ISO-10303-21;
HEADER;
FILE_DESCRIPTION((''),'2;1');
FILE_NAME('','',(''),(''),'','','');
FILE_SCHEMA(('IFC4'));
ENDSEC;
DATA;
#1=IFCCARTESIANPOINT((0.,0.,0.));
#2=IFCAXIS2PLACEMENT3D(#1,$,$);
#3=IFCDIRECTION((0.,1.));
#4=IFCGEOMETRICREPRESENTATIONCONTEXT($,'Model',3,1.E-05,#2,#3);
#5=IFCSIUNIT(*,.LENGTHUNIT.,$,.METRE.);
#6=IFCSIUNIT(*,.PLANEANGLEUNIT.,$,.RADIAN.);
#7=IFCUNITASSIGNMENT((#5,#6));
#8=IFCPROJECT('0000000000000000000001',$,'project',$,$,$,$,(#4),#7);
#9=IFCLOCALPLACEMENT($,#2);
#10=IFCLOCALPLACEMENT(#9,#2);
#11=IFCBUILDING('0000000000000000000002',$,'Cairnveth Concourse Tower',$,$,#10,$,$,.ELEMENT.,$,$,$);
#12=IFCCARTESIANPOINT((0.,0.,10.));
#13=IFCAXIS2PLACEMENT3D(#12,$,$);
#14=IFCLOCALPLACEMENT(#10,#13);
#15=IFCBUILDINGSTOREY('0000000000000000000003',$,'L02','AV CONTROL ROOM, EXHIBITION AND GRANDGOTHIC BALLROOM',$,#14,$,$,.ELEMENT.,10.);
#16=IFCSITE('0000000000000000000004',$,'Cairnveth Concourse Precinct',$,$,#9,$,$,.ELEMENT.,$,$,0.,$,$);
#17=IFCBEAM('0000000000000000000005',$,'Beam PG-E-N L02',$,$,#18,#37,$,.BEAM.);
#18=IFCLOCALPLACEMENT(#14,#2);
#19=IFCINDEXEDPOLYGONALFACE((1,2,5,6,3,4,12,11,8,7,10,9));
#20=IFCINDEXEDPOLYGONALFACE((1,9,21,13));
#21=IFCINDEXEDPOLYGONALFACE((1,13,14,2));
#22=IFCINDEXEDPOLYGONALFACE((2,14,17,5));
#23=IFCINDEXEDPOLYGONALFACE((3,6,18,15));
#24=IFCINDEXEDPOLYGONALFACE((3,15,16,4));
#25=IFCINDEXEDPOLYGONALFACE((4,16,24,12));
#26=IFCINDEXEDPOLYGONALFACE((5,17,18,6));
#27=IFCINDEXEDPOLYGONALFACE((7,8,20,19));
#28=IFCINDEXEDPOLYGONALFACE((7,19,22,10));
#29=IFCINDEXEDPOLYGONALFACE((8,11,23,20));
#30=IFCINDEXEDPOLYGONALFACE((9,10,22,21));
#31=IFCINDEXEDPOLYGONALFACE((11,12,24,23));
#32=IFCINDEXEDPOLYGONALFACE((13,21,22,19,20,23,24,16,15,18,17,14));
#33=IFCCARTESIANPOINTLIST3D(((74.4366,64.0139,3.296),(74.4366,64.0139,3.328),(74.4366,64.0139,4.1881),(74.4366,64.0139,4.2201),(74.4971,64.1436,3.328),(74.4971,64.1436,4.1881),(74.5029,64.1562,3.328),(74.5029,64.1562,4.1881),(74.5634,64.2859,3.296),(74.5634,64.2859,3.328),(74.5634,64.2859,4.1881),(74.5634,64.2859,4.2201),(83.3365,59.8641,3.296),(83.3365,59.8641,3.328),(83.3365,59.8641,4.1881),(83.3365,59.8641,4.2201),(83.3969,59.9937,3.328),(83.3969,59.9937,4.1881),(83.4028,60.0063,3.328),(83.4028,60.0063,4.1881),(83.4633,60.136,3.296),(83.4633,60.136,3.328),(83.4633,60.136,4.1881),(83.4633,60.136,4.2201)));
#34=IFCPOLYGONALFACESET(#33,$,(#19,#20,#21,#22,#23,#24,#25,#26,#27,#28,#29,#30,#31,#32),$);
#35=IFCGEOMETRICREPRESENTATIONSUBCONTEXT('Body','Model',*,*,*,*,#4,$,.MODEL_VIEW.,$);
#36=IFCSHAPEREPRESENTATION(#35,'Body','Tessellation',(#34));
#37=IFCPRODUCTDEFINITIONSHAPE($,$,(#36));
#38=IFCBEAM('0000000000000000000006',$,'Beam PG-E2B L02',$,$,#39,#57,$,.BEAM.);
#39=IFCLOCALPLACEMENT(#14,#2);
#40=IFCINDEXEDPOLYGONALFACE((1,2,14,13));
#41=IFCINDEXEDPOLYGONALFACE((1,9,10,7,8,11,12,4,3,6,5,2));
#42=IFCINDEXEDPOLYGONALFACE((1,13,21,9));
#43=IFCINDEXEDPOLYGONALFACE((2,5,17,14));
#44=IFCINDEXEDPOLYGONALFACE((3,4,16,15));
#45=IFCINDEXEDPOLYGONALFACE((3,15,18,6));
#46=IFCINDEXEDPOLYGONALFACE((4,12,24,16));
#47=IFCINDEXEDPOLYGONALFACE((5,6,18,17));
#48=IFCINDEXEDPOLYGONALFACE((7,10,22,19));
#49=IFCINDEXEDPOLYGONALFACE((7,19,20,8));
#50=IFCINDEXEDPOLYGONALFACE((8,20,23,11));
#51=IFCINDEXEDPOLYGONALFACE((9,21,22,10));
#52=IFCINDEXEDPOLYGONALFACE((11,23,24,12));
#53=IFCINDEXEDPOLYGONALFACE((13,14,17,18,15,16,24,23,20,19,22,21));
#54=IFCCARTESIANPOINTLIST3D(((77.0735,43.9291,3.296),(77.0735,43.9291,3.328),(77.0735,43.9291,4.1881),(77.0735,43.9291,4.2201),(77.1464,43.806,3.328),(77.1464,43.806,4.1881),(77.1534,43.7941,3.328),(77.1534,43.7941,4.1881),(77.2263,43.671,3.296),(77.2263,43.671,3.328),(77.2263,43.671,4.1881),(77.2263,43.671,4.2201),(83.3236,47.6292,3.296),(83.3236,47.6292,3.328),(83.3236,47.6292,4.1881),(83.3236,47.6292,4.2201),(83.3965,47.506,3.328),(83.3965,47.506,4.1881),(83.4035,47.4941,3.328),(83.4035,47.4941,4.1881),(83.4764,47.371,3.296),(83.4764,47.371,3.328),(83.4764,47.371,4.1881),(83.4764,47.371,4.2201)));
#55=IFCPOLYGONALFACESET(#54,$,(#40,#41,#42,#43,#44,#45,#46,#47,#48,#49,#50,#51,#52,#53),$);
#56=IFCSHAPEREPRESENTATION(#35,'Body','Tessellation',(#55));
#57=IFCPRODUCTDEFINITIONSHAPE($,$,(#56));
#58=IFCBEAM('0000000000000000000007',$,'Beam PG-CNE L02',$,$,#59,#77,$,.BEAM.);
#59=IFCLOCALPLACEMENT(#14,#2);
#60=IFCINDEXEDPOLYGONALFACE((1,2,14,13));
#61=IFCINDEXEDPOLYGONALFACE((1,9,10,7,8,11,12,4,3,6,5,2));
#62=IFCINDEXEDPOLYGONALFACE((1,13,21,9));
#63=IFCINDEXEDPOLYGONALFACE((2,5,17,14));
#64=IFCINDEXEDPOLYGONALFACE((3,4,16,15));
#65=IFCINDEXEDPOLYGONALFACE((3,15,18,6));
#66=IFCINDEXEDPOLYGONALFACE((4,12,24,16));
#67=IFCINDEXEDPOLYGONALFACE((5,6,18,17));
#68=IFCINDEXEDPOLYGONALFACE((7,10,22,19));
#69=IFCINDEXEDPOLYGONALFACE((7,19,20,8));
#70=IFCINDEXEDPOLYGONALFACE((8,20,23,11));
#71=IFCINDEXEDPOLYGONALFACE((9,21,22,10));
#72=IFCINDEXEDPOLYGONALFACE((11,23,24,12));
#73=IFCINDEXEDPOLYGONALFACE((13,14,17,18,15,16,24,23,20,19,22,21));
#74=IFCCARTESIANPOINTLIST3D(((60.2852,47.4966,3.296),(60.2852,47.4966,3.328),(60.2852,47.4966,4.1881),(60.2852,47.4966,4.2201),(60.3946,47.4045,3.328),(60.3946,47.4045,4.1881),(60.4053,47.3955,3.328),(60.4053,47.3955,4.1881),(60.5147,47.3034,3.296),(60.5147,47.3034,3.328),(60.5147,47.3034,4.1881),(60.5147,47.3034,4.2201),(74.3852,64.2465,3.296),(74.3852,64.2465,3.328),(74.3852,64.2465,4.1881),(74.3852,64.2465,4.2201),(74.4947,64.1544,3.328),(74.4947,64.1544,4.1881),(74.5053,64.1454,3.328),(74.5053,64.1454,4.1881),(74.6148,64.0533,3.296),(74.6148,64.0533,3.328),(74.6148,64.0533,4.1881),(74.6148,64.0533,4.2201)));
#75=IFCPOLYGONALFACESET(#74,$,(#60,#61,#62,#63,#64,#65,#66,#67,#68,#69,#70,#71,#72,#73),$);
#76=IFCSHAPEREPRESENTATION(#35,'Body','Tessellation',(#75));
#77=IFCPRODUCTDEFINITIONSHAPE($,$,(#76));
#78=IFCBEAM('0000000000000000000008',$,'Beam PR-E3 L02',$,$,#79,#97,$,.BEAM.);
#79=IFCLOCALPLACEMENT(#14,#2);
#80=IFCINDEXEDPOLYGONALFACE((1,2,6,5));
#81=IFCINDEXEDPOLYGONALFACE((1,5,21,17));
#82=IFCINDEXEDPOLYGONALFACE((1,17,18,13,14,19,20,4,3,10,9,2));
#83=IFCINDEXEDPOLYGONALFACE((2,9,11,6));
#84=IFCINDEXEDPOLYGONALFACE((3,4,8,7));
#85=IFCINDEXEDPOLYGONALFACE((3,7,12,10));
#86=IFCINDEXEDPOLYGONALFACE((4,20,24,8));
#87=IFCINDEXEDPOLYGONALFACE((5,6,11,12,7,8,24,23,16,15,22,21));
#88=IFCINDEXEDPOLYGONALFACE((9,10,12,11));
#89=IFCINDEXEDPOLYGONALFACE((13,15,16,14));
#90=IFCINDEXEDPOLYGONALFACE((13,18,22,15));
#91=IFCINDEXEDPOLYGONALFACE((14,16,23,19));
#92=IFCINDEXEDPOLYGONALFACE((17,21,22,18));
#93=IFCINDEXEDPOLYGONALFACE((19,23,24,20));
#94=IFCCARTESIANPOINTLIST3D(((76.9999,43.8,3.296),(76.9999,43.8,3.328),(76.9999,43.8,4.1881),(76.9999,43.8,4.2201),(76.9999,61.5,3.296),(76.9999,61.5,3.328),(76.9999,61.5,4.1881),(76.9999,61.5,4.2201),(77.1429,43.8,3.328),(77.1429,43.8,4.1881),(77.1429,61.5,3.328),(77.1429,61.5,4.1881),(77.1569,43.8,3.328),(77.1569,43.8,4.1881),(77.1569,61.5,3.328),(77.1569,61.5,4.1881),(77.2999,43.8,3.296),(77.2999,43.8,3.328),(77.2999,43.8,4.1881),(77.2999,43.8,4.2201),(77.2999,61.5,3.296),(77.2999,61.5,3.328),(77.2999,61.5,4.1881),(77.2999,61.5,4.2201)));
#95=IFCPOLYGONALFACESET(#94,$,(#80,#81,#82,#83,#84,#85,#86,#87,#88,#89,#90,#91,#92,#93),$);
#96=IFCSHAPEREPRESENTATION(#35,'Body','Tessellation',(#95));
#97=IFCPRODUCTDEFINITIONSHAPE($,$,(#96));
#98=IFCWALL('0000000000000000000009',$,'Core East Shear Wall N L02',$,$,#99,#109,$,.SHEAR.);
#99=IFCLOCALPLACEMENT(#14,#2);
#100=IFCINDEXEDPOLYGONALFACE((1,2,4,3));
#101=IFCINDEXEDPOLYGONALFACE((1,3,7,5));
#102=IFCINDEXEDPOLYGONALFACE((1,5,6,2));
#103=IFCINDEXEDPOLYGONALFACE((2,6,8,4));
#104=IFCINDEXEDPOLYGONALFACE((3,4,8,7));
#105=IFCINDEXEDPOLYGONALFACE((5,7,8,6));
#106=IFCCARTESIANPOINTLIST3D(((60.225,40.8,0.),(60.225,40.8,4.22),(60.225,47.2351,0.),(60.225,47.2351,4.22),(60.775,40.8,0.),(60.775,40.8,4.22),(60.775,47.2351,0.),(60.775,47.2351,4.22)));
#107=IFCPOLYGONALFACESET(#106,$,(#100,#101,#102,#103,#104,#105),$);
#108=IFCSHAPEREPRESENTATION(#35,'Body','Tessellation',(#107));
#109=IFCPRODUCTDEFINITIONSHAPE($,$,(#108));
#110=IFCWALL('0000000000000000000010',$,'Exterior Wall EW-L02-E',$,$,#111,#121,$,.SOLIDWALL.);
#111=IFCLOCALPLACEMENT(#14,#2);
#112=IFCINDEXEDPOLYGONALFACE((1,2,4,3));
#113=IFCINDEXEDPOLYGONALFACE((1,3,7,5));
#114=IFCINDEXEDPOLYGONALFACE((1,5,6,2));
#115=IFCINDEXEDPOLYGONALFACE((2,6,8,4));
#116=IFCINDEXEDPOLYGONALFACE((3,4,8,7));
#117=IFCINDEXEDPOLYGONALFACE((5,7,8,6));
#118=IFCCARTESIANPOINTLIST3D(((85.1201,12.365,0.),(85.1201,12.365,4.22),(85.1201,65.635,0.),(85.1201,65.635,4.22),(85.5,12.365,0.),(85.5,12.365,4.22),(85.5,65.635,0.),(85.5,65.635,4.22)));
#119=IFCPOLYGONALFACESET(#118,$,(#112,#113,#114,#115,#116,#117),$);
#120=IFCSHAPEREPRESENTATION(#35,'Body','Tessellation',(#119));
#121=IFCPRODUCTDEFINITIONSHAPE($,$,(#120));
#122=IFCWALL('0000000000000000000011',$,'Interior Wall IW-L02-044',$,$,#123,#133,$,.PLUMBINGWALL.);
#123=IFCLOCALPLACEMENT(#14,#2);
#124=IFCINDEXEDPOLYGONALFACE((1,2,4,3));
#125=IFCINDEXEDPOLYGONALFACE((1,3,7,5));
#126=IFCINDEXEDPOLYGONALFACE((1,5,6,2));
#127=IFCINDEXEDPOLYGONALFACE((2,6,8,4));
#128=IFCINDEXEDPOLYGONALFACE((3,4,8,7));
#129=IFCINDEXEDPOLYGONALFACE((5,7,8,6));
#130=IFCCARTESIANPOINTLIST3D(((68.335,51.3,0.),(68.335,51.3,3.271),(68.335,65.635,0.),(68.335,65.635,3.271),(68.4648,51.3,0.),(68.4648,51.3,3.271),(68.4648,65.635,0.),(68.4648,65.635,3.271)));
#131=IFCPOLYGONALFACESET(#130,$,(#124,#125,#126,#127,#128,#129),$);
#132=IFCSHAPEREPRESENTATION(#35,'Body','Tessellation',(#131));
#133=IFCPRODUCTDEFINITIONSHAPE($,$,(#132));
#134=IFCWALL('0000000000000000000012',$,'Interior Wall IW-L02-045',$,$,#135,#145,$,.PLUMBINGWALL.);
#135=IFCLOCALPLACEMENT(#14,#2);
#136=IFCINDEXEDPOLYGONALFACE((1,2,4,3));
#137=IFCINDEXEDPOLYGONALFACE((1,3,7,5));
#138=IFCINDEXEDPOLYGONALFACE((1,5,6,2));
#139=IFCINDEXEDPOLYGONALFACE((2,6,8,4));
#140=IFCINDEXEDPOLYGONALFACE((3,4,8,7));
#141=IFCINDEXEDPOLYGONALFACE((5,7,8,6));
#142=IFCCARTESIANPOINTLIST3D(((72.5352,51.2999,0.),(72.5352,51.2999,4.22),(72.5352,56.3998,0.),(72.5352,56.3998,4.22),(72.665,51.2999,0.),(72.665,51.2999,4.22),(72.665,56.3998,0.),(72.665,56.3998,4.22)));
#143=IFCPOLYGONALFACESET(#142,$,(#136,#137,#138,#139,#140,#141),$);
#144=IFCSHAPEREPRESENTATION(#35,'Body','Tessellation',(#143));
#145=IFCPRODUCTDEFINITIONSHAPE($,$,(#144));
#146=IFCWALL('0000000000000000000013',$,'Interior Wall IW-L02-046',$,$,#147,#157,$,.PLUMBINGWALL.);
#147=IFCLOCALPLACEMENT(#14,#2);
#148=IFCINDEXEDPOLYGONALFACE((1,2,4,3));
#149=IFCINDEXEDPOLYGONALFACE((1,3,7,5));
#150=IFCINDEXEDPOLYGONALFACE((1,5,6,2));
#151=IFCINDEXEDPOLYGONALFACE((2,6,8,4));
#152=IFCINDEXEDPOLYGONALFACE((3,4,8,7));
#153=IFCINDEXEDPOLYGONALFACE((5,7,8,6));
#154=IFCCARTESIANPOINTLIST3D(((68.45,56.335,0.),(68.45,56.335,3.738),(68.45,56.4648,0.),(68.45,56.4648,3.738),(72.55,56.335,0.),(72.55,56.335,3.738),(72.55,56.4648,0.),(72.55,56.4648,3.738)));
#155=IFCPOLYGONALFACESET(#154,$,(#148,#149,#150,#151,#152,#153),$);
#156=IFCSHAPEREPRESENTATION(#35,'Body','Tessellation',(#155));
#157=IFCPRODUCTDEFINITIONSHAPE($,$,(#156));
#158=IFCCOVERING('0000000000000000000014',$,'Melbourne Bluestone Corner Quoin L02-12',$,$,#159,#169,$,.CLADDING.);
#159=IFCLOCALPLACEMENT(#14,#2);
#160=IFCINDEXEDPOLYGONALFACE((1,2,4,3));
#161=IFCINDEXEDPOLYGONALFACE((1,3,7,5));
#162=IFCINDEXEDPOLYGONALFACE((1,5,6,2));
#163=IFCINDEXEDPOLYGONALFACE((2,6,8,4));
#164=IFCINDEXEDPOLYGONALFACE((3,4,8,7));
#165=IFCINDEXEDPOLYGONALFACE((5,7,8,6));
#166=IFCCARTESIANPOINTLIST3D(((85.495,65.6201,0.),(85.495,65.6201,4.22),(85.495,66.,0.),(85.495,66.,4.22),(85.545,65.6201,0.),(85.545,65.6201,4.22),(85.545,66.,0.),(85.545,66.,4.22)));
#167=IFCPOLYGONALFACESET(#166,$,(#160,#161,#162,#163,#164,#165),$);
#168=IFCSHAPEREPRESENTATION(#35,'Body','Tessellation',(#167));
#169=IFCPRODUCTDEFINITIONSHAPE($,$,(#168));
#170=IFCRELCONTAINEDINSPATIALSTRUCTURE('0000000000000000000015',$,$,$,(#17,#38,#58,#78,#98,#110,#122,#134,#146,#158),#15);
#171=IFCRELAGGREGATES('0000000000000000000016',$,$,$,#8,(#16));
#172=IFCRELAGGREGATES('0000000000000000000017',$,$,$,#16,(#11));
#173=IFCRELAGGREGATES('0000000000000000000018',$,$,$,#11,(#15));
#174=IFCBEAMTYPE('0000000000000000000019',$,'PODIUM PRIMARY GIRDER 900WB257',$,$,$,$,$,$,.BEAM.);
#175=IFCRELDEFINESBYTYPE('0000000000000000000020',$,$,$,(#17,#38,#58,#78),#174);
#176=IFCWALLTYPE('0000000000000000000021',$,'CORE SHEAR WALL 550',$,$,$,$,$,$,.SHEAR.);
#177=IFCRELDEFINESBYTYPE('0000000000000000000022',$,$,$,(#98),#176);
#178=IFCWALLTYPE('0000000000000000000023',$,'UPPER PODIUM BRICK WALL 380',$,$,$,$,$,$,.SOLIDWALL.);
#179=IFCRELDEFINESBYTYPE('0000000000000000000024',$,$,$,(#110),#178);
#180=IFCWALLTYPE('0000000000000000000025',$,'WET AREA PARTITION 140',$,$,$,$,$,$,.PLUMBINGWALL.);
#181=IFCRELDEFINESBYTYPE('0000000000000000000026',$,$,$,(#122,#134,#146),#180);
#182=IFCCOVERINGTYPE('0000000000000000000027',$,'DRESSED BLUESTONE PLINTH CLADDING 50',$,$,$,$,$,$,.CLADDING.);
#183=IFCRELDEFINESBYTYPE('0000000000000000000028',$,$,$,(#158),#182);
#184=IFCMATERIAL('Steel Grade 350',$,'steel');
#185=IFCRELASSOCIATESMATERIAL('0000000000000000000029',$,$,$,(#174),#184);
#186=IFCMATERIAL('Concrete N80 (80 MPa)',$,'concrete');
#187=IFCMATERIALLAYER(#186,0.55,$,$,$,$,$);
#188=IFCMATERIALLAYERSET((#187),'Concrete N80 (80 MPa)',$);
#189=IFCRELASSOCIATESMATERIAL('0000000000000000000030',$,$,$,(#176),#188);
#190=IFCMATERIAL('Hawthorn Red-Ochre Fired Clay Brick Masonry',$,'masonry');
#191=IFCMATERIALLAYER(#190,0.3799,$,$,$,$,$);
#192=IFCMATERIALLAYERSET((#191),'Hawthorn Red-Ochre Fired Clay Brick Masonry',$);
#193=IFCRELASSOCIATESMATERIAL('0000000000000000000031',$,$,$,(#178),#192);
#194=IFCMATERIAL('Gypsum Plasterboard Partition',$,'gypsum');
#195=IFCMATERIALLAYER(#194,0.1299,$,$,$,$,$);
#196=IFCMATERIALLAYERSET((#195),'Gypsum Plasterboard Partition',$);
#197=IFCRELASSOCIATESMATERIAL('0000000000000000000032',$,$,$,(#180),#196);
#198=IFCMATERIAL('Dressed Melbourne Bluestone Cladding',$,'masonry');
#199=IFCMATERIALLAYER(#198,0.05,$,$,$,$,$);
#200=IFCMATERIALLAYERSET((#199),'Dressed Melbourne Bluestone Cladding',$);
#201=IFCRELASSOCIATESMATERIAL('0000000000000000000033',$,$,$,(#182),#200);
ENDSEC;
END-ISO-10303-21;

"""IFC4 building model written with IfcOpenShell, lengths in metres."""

from ifc_helpers import new_model, si_unit, direction, frame, frame_2d, origin, origin_2d, place, context, subcontext, project, spatial, rectangle, i_section, extrude, material, layer, layer_set, material_profile, profile_set, type_object, element, save


model = new_model("IFC4")

# Units and contexts
model_context = context("Model", 3, precision=1e-05, world=origin(), true_north=direction((0.0, 1.0)))
body_context = subcontext(model_context, "Body", "Model", "MODEL_VIEW")
ifc_project = project(units=[si_unit("LENGTHUNIT", "METRE"), si_unit("PLANEANGLEUNIT", "RADIAN")], contexts=[model_context])

# Site, building, storey
site_placement = place(None, origin())
site = spatial("IfcSite", under=ifc_project, at=site_placement, Name="Cairnveth Concourse Precinct", CompositionType="ELEMENT", RefElevation=0.0)
building_placement = place(site_placement, origin())
building = spatial("IfcBuilding", under=site, at=building_placement, Name="Cairnveth Concourse Tower", CompositionType="ELEMENT")
storey_placement = place(building_placement, frame((0.0, 0.0, 10.0)))
storey = spatial("IfcBuildingStorey", under=building, at=storey_placement, Name="L02", Description="AV CONTROL ROOM, EXHIBITION AND GRANDGOTHIC BALLROOM", CompositionType="ELEMENT", Elevation=10.0)

# Shared definitions
ifc_material_1 = material(Name="Concrete N80 (80 MPa)", Category="concrete")
ifc_material_2 = material(Name="Steel Grade 350", Category="steel")

# Beams
ifc_material_profile_1 = material_profile(ifc_material_2, i_section(OverallWidth=0.3, OverallDepth=0.9241, WebThickness=0.0139, FlangeThickness=0.032, at=origin_2d()), Name="900WB257")
ifc_profile_set_1 = profile_set([ifc_material_profile_1], Name="Steel Grade 350")
beam_type_1 = type_object("IfcBeamType", Name="PODIUM PRIMARY GIRDER 900WB257", PredefinedType="BEAM", material=ifc_profile_set_1)
beam_1_placement = place(storey_placement, frame((74.5, 64.1499, 3.7581), z_axis=(0.906315, -0.422602, 0.0), x_axis=(0.422602, 0.906315, 0.0)))
element("IfcBeam", 1, at=beam_1_placement, inside=storey, type_object=beam_type_1, Name="Beam PG-E-N L02", PredefinedType="BEAM", context=body_context, shape_type="SweptSolid", body=[
    extrude(i_section(OverallWidth=0.3, OverallDepth=0.9241, WebThickness=0.0139, FlangeThickness=0.032, at=origin_2d()), origin(), (0.0, 0.0, 1.0), 9.8198),
])
beam_2_placement = place(storey_placement, frame((77.1499, 43.8, 3.7581), z_axis=(0.860518, 0.50942, 0.0), x_axis=(-0.50942, 0.860518, 0.0)))
element("IfcBeam", 2, at=beam_2_placement, inside=storey, type_object=beam_type_1, Name="Beam PG-E2B L02", PredefinedType="BEAM", context=body_context, shape_type="SweptSolid", body=[
    extrude(i_section(OverallWidth=0.3, OverallDepth=0.9241, WebThickness=0.0139, FlangeThickness=0.032, at=origin_2d()), origin(), (0.0, 0.0, 1.0), 7.2632),
])
beam_3_placement = place(storey_placement, frame((74.5, 64.1499, 3.7581), z_axis=(-0.643998, -0.765027, 0.0), x_axis=(0.765027, -0.643998, 0.0)))
element("IfcBeam", 3, at=beam_3_placement, inside=storey, type_object=beam_type_1, Name="Beam PG-CNE L02", PredefinedType="BEAM", context=body_context, shape_type="SweptSolid", body=[
    extrude(i_section(OverallWidth=0.3, OverallDepth=0.9241, WebThickness=0.0139, FlangeThickness=0.032, at=origin_2d()), origin(), (0.0, 0.0, 1.0), 21.8945),
])
beam_4_placement = place(storey_placement, frame((77.1499, 43.8, 3.7581), z_axis=(0.0, 1.0, 0.0), x_axis=(-1.0, 0.0, 0.0)))
element("IfcBeam", 4, at=beam_4_placement, inside=storey, type_object=beam_type_1, Name="Beam PR-E3 L02", PredefinedType="BEAM", context=body_context, shape_type="SweptSolid", body=[
    extrude(i_section(OverallWidth=0.3, OverallDepth=0.9241, WebThickness=0.0139, FlangeThickness=0.032, at=origin_2d()), origin(), (0.0, 0.0, 1.0), 17.7),
])

# Wall
ifc_layer_1 = layer(ifc_material_1, 0.55)
ifc_layer_set_1 = layer_set([ifc_layer_1], Name="Concrete N80 (80 MPa)")
wall_type_1 = type_object("IfcWallType", Name="CORE SHEAR WALL 550", PredefinedType="SHEAR", material=ifc_layer_set_1)
wall_1_placement = place(storey_placement, frame((60.5, 40.8, 0.0), z_axis=(0.0, 0.0, 1.0), x_axis=(0.0, 1.0, 0.0)))
element("IfcWall", 5, at=wall_1_placement, inside=storey, type_object=wall_type_1, Name="Core East Shear Wall N L02", PredefinedType="SHEAR", context=body_context, shape_type="SweptSolid", body=[
    extrude(rectangle(XDim=6.4351, YDim=0.55, at=frame_2d((3.2175, 0.0))), origin(), (0.0, 0.0, 1.0), 4.22),
])

# Walls
ifc_material_3 = material(Name="Hawthorn Red-Ochre Fired Clay Brick Masonry", Category="masonry")
ifc_layer_2 = layer(ifc_material_3, 0.3799)
ifc_layer_set_2 = layer_set([ifc_layer_2], Name="Hawthorn Red-Ochre Fired Clay Brick Masonry")
wall_type_2 = type_object("IfcWallType", Name="UPPER PODIUM BRICK WALL 380", PredefinedType="SOLIDWALL", material=ifc_layer_set_2)
wall_2_placement = place(storey_placement, frame((85.3101, 65.635, 0.0), z_axis=(0.0, 0.0, 1.0), x_axis=(0.0, -1.0, 0.0)))
element("IfcWall", 6, at=wall_2_placement, inside=storey, type_object=wall_type_2, Name="Exterior Wall EW-L02-E", PredefinedType="SOLIDWALL", context=body_context, shape_type="SweptSolid", body=[
    extrude(rectangle(XDim=53.27, YDim=0.3799, at=frame_2d((26.635, 0.0))), origin(), (0.0, 0.0, 1.0), 4.22),
])
ifc_material_4 = material(Name="Gypsum Plasterboard Partition", Category="gypsum")
ifc_layer_3 = layer(ifc_material_4, 0.1299)
ifc_layer_set_3 = layer_set([ifc_layer_3], Name="Gypsum Plasterboard Partition")
wall_type_3 = type_object("IfcWallType", Name="WET AREA PARTITION 140", PredefinedType="PLUMBINGWALL", material=ifc_layer_set_3)
wall_3_placement = place(storey_placement, frame((68.3999, 51.3, 0.0), z_axis=(0.0, 0.0, 1.0), x_axis=(0.0, 1.0, 0.0)))
element("IfcWall", 7, at=wall_3_placement, inside=storey, type_object=wall_type_3, Name="Interior Wall IW-L02-044", PredefinedType="PLUMBINGWALL", context=body_context, shape_type="SweptSolid", body=[
    extrude(rectangle(XDim=14.335, YDim=0.1299, at=frame_2d((7.1675, 0.0))), origin(), (0.0, 0.0, 1.0), 3.271),
])
wall_4_placement = place(storey_placement, frame((72.6001, 51.3, 0.0), z_axis=(0.0, 0.0, 1.0), x_axis=(0.0, 1.0, 0.0)))
element("IfcWall", 8, at=wall_4_placement, inside=storey, type_object=wall_type_3, Name="Interior Wall IW-L02-045", PredefinedType="PLUMBINGWALL", context=body_context, shape_type="SweptSolid", body=[
    extrude(rectangle(XDim=5.0999, YDim=0.1299, at=frame_2d((2.5498, 0.0))), origin(), (0.0, 0.0, 1.0), 4.22),
])
wall_5_placement = place(storey_placement, frame((68.45, 56.3999, 0.0), z_axis=(0.0, 0.0, 1.0), x_axis=(1.0, 0.0, 0.0)))
element("IfcWall", 9, at=wall_5_placement, inside=storey, type_object=wall_type_3, Name="Interior Wall IW-L02-046", PredefinedType="PLUMBINGWALL", context=body_context, shape_type="SweptSolid", body=[
    extrude(rectangle(XDim=4.1001, YDim=0.1299, at=frame_2d((2.05, 0.0))), origin(), (0.0, 0.0, 1.0), 3.738),
])

# Covering
ifc_material_5 = material(Name="Dressed Melbourne Bluestone Cladding", Category="masonry")
ifc_layer_4 = layer(ifc_material_5, 0.05)
ifc_layer_set_4 = layer_set([ifc_layer_4], Name="Dressed Melbourne Bluestone Cladding")
covering_type = type_object("IfcCoveringType", Name="DRESSED BLUESTONE PLINTH CLADDING 50", PredefinedType="CLADDING", material=ifc_layer_set_4)
covering_placement = place(storey_placement, frame((85.52, 65.6201, 0.0), z_axis=(0.0, 0.0, 1.0), x_axis=(0.0, 1.0, 0.0)))
element("IfcCovering", 10, at=covering_placement, inside=storey, type_object=covering_type, Name="Melbourne Bluestone Corner Quoin L02-12", PredefinedType="CLADDING", context=body_context, shape_type="SweptSolid", body=[
    extrude(rectangle(XDim=0.3799, YDim=0.05, at=frame_2d((0.1899, 0.0))), origin(), (0.0, 0.0, 1.0), 4.22),
])

save(model, "model.ifc")
